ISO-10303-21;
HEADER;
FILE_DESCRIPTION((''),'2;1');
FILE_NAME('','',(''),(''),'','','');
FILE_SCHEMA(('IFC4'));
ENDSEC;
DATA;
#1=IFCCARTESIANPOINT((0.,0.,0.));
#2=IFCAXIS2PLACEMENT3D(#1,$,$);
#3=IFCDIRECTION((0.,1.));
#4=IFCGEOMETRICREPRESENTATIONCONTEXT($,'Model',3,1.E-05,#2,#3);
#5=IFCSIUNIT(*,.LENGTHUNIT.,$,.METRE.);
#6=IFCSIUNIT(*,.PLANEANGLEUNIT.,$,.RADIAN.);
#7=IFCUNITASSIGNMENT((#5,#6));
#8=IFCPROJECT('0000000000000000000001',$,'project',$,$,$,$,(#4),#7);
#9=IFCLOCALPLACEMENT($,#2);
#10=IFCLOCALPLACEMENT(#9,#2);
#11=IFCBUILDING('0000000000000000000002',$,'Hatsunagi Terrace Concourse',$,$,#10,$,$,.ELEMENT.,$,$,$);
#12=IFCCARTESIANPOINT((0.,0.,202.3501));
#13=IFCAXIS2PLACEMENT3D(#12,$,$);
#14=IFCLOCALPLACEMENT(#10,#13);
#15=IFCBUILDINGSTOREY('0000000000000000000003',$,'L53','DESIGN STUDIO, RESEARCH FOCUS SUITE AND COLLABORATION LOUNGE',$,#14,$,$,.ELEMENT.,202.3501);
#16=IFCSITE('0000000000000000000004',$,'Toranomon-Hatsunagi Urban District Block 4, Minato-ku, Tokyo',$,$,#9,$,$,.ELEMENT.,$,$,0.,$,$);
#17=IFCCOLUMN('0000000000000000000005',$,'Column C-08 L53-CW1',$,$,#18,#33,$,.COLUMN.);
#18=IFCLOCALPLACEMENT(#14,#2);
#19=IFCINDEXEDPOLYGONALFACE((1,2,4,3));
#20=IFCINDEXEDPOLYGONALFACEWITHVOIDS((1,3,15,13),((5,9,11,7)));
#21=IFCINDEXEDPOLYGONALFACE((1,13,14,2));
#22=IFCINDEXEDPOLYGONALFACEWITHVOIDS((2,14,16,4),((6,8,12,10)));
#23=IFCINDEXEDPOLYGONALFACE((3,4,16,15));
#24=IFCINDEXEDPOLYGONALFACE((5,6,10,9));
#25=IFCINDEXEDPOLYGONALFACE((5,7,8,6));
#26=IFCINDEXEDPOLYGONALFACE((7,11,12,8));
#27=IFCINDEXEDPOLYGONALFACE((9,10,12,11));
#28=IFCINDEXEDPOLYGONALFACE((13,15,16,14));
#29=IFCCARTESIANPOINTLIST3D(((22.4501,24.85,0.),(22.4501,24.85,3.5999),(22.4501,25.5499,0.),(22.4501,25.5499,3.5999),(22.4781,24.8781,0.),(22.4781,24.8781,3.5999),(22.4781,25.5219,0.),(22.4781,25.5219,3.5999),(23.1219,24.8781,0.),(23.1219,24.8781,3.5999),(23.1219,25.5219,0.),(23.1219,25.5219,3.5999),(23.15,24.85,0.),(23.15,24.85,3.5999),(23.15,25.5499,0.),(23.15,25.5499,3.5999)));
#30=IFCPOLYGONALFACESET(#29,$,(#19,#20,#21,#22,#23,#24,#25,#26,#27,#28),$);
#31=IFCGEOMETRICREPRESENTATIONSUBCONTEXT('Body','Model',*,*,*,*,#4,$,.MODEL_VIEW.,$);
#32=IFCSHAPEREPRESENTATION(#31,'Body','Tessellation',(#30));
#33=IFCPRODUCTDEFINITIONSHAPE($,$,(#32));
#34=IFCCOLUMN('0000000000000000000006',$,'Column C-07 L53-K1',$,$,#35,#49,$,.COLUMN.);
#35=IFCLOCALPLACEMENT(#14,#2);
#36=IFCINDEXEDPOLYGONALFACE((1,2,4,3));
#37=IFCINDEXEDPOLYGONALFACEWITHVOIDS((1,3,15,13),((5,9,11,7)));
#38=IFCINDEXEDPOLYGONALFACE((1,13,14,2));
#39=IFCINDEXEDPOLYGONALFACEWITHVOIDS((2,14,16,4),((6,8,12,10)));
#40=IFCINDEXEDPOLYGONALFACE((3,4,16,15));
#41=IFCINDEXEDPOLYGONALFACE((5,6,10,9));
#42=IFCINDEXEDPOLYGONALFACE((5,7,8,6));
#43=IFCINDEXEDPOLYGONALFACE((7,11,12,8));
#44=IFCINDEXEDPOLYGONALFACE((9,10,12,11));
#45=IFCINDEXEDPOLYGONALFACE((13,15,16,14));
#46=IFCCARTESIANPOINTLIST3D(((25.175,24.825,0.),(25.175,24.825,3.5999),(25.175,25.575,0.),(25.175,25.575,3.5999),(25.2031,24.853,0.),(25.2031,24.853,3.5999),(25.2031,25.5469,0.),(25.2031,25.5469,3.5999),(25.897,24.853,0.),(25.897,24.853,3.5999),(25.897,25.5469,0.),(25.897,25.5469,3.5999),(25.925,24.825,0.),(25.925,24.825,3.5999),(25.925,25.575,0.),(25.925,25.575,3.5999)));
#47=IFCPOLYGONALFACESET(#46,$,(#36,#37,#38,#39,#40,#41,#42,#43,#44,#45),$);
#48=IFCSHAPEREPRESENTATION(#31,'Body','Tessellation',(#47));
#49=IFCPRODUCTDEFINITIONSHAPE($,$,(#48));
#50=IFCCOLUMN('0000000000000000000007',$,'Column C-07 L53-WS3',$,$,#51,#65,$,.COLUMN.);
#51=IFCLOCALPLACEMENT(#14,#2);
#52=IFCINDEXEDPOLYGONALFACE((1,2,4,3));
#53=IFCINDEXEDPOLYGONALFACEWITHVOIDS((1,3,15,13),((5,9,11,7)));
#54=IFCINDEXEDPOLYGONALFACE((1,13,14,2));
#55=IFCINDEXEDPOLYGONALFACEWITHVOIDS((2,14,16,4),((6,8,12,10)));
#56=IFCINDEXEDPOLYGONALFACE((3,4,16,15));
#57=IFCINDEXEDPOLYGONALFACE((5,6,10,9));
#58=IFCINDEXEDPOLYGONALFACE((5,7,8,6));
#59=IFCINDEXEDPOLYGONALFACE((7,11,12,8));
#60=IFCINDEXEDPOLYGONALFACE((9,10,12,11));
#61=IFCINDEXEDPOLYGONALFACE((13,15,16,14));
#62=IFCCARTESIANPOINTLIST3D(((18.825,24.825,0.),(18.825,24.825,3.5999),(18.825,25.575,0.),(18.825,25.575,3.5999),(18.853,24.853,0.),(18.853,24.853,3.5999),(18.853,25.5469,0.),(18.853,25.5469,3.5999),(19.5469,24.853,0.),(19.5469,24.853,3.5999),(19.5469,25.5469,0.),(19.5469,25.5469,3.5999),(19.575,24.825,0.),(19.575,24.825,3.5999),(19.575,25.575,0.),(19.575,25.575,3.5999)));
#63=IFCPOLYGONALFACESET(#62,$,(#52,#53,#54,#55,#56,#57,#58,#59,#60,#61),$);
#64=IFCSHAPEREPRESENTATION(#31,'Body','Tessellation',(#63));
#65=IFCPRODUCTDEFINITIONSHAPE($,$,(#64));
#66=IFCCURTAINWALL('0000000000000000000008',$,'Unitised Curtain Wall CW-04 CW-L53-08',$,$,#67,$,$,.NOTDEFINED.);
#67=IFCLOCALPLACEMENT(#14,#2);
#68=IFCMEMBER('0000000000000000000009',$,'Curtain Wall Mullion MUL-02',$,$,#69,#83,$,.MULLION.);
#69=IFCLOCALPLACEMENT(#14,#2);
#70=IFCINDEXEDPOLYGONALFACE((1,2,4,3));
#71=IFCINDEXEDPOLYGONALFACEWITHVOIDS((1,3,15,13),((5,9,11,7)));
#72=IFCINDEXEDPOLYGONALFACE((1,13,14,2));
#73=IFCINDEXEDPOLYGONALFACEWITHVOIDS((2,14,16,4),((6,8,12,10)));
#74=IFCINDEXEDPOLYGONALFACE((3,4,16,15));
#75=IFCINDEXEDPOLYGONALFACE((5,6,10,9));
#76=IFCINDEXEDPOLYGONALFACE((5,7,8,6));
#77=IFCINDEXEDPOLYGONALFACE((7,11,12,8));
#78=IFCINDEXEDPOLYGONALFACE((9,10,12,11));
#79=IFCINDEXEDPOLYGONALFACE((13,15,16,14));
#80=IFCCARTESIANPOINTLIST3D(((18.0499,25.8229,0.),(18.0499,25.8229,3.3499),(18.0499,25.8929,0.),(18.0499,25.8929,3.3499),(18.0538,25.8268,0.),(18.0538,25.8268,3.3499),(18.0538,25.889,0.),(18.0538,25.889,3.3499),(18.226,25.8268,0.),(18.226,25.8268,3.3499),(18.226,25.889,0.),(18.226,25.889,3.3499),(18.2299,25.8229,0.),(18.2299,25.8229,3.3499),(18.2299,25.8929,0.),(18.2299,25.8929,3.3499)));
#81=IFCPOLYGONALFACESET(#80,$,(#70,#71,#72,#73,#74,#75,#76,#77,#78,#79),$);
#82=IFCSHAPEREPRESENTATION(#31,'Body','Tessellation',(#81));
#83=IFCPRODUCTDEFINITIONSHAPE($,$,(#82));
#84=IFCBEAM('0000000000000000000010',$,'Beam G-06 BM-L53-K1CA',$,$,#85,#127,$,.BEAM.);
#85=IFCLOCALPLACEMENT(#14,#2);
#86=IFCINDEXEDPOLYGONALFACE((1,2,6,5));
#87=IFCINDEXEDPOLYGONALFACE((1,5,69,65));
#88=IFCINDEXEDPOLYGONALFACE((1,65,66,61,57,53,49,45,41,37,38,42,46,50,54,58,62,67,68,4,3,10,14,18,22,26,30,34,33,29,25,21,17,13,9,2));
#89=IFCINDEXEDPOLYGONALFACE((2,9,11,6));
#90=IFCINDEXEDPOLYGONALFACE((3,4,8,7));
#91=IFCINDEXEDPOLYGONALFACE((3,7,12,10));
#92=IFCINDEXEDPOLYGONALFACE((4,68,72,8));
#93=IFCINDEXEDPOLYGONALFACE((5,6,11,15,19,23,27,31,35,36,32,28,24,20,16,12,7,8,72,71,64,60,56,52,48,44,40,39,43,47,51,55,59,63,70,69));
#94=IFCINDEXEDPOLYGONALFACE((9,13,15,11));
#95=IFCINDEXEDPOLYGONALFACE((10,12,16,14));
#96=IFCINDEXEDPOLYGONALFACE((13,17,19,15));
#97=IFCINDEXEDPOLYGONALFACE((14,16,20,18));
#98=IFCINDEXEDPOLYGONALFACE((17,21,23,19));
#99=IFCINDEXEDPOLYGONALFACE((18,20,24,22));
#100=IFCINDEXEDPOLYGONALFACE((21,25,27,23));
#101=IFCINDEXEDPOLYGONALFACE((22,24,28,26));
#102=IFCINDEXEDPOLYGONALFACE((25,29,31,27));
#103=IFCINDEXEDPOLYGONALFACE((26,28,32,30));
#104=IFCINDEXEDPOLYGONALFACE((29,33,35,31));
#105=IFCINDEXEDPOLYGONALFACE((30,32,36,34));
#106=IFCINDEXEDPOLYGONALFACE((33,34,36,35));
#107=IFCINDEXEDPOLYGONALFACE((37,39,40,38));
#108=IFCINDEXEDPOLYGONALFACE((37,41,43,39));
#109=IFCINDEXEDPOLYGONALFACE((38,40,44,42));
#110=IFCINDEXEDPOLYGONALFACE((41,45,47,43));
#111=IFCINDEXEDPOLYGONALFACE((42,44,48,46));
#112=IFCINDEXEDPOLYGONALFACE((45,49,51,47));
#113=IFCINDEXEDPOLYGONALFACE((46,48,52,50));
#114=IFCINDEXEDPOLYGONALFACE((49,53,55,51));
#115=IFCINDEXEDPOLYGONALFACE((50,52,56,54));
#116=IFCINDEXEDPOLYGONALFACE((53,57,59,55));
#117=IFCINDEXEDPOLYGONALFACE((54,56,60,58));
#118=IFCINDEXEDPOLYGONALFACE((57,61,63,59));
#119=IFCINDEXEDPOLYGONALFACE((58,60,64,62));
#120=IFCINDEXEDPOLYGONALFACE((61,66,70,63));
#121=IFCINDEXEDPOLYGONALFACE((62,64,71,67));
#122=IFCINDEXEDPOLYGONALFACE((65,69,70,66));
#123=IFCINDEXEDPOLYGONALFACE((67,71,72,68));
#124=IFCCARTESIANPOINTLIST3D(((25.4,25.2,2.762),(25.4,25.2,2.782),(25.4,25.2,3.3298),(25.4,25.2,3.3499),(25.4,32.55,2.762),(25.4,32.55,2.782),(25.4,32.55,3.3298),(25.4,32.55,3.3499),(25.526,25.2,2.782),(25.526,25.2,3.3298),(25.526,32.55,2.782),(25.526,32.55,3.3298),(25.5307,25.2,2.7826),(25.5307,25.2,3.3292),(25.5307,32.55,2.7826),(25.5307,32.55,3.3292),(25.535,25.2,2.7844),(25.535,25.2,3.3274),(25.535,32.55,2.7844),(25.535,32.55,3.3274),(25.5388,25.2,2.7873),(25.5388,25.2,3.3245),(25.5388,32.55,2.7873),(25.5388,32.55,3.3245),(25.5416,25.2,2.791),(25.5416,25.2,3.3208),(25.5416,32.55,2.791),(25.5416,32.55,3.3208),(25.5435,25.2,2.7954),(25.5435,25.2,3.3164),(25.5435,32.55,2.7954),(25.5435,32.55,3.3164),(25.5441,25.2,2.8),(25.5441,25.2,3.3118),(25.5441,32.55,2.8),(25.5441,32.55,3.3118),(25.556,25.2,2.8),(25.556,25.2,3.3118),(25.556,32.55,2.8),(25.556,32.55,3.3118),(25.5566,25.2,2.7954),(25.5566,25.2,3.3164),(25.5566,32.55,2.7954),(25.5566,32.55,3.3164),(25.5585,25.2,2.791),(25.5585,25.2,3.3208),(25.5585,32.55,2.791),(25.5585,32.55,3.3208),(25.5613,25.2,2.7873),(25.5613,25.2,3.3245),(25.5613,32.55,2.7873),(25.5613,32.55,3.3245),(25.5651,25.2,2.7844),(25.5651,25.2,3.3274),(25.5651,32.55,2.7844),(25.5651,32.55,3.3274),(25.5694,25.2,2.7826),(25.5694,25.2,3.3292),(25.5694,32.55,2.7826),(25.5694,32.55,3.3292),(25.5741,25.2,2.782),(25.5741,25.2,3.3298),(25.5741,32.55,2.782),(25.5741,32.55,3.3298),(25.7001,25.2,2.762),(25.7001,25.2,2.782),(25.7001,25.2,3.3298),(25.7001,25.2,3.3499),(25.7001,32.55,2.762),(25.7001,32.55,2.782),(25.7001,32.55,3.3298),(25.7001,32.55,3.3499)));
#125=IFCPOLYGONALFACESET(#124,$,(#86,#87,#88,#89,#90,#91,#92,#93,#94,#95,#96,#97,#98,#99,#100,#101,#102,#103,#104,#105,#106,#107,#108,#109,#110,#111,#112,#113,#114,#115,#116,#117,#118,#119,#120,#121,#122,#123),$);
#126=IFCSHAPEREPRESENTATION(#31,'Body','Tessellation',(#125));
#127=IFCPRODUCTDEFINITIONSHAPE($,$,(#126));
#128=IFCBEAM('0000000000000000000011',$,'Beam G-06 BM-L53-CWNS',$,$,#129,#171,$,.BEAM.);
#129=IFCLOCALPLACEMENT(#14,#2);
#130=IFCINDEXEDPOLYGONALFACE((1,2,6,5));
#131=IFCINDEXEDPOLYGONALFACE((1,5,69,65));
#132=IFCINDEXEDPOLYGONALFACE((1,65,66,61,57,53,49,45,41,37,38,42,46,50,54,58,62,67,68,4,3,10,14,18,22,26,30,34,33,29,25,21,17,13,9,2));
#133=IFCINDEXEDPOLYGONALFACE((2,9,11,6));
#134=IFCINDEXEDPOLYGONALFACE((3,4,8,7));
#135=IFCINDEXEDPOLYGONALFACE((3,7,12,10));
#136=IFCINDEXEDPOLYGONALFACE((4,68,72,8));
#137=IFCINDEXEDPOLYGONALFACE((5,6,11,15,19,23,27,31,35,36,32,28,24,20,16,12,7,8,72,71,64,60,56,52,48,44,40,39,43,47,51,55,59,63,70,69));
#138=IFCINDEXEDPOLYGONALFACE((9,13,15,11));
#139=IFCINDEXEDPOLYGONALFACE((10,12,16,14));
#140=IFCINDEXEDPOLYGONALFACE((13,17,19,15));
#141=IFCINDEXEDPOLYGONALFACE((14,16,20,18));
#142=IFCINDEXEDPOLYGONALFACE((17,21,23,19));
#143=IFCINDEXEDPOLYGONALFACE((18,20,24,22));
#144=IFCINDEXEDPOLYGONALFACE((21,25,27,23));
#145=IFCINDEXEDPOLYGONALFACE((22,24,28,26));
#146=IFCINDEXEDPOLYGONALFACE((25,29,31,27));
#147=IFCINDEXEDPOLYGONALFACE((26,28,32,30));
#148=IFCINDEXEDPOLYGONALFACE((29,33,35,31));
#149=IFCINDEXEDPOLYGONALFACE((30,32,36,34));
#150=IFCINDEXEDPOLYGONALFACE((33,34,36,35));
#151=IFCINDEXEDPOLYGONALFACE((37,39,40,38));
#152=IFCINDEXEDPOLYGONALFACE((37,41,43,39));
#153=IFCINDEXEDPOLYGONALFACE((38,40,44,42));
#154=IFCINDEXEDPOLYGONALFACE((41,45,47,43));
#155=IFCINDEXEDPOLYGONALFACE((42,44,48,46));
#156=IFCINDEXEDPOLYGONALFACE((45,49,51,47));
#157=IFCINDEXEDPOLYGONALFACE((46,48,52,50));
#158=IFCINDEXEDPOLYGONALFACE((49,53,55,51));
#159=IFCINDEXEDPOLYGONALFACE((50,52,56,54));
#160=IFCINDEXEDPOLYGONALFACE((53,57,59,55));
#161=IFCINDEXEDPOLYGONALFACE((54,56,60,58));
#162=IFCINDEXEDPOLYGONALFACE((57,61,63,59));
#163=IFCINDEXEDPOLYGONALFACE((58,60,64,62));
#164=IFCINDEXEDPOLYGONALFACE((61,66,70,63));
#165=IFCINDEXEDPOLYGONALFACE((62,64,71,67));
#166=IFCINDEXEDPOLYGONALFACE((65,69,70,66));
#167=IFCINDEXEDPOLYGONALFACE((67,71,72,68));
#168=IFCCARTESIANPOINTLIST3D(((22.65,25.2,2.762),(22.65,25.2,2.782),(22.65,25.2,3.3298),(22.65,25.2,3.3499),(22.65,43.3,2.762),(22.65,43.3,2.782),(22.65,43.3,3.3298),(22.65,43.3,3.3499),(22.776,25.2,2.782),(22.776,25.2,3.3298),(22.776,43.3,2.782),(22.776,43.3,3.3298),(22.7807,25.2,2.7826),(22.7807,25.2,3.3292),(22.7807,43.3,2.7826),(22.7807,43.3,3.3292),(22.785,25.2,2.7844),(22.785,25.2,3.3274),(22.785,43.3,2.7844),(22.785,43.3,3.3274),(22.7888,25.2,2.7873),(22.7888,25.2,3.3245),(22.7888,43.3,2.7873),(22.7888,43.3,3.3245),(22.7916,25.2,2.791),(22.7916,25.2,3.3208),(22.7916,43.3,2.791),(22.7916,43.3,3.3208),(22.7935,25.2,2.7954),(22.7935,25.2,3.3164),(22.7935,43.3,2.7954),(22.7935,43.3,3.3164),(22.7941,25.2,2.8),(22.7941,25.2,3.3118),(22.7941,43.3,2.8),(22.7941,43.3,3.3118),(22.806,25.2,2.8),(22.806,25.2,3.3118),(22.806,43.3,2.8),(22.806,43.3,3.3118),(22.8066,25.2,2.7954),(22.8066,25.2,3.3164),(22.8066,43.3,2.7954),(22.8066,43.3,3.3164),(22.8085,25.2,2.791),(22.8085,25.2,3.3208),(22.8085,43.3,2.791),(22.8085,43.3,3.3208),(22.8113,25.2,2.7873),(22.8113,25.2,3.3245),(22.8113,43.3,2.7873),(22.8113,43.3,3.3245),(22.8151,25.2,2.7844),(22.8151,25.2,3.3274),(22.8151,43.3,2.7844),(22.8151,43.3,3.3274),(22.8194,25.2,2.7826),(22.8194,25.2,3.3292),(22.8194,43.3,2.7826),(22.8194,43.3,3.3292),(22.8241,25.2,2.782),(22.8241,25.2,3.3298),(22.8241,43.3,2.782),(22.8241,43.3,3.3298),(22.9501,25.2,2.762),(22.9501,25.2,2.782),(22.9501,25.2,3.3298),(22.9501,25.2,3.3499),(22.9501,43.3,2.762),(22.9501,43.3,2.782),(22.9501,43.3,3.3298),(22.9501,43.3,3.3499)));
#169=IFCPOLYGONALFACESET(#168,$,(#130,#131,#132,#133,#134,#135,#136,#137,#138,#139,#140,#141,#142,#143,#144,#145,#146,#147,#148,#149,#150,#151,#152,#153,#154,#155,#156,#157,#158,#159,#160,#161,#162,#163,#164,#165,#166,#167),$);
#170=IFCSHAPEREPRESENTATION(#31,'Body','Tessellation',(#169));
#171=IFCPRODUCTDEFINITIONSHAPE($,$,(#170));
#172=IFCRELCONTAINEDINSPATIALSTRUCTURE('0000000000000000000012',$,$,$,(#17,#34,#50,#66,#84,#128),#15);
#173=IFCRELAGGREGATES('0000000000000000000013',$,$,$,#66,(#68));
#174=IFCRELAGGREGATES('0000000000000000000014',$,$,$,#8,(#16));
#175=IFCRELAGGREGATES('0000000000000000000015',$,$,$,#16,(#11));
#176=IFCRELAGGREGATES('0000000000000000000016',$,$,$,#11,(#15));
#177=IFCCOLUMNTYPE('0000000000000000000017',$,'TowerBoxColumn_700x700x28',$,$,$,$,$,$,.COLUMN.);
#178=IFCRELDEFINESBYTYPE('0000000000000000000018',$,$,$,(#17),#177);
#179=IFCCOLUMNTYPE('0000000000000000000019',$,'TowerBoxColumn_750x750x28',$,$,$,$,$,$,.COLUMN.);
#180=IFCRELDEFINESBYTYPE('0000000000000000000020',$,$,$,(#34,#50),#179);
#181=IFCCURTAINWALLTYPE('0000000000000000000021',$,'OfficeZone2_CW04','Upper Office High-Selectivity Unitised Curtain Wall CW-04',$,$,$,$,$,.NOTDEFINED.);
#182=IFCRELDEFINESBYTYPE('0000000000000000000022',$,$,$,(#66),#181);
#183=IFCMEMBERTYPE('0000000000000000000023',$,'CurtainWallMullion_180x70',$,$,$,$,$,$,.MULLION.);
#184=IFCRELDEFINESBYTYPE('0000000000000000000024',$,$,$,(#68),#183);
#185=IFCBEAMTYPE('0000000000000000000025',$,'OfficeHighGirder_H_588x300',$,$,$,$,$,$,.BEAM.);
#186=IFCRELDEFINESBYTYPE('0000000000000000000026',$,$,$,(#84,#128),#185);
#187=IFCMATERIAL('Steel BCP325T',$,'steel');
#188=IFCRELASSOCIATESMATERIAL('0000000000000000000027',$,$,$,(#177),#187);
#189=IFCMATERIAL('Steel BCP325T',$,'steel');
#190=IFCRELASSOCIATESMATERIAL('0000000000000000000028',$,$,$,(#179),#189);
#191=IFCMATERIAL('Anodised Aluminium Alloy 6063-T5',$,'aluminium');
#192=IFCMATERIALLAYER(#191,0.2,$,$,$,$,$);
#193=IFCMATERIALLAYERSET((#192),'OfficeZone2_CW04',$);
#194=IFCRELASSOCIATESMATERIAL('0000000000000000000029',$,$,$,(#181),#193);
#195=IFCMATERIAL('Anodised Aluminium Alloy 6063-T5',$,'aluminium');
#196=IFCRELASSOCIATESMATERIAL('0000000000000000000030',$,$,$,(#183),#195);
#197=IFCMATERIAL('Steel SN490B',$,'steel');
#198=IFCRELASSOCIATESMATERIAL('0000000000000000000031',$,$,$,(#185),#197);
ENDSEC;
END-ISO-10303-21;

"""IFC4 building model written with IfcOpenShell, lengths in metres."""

from ifc_helpers import new_model, si_unit, direction, frame, origin, origin_2d, place, context, subcontext, project, spatial, hollow_rectangle, i_section, extrude, material, layer, layer_set, material_profile, profile_set, type_object, element, aggregate, save


model = new_model("IFC4")

# Units and contexts
model_context = context("Model", 3, precision=1e-05, world=origin(), true_north=direction((0.0, 1.0)))
body_context = subcontext(model_context, "Body", "Model", "MODEL_VIEW")
ifc_project = project(units=[si_unit("LENGTHUNIT", "METRE"), si_unit("PLANEANGLEUNIT", "RADIAN")], contexts=[model_context])

# Site, building, storey
site_placement = place(None, origin())
site = spatial("IfcSite", under=ifc_project, at=site_placement, Name="Toranomon-Hatsunagi Urban District Block 4, Minato-ku, Tokyo", CompositionType="ELEMENT", RefElevation=0.0)
building_placement = place(site_placement, origin())
building = spatial("IfcBuilding", under=site, at=building_placement, Name="Hatsunagi Terrace Concourse", CompositionType="ELEMENT")
storey_placement = place(building_placement, frame((0.0, 0.0, 202.3501)))
storey = spatial("IfcBuildingStorey", under=building, at=storey_placement, Name="L53", Description="DESIGN STUDIO, RESEARCH FOCUS SUITE AND COLLABORATION LOUNGE", CompositionType="ELEMENT", Elevation=202.3501)

# Columns
ifc_material_1 = material(Name="Steel BCP325T", Category="steel")
ifc_material_profile_1 = material_profile(ifc_material_1, hollow_rectangle(XDim=0.7, YDim=0.7, WallThickness=0.0281, at=origin_2d()), Name="BCP-700x700x28")
ifc_profile_set_1 = profile_set([ifc_material_profile_1], Name="Steel BCP325T")
column_type_1 = type_object("IfcColumnType", Name="TowerBoxColumn_700x700x28", PredefinedType="COLUMN", material=ifc_profile_set_1)
column_placement = place(storey_placement, frame((22.8, 25.2, 0.0), z_axis=(0.0, 0.0, 1.0), x_axis=(1.0, 0.0, 0.0)))
element("IfcColumn", 1, at=column_placement, inside=storey, type_object=column_type_1, Name="Column C-08 L53-CW1", PredefinedType="COLUMN", context=body_context, shape_type="SweptSolid", body=[
    extrude(hollow_rectangle(XDim=0.7, YDim=0.7, WallThickness=0.0281, at=origin_2d()), origin(), (0.0, 0.0, 1.0), 3.5999),
])
ifc_material_2 = material(Name="Steel BCP325T", Category="steel")
ifc_material_profile_2 = material_profile(ifc_material_2, hollow_rectangle(XDim=0.75, YDim=0.75, WallThickness=0.0281, at=origin_2d()), Name="BCP-750x750x28")
ifc_profile_set_2 = profile_set([ifc_material_profile_2], Name="Steel BCP325T")
column_type_2 = type_object("IfcColumnType", Name="TowerBoxColumn_750x750x28", PredefinedType="COLUMN", material=ifc_profile_set_2)
for number, where, z_axis, x_axis, name in (
    (2, (25.55, 25.2, 0.0), (0.0, 0.0, 1.0), (1.0, 0.0, 0.0), "Column C-07 L53-K1"),
    (3, (19.2, 25.2, 0.0), (0.0, 0.0, 1.0), (1.0, 0.0, 0.0), "Column C-07 L53-WS3"),
):
    element("IfcColumn", number, at=place(storey_placement, frame(where, z_axis=z_axis, x_axis=x_axis)), inside=storey, type_object=column_type_2, Name=name, PredefinedType="COLUMN", context=body_context, shape_type="SweptSolid", body=[
        extrude(hollow_rectangle(XDim=0.75, YDim=0.75, WallThickness=0.0281, at=origin_2d()), origin(), (0.0, 0.0, 1.0), 3.5999),
    ])

# Curtain wall, member
ifc_material_3 = material(Name="Anodised Aluminium Alloy 6063-T5", Category="aluminium")
ifc_layer_1 = layer(ifc_material_3, 0.2)
ifc_layer_set_1 = layer_set([ifc_layer_1], Name="OfficeZone2_CW04")
curtain_wall_type = type_object("IfcCurtainWallType", Name="OfficeZone2_CW04", Description="Upper Office High-Selectivity Unitised Curtain Wall CW-04", PredefinedType="NOTDEFINED", material=ifc_layer_set_1)
curtain_wall_placement = place(storey_placement, origin())
curtain_wall = element("IfcCurtainWall", 4, at=curtain_wall_placement, inside=storey, type_object=curtain_wall_type, Name="Unitised Curtain Wall CW-04 CW-L53-08", PredefinedType="NOTDEFINED")
ifc_material_4 = material(Name="Anodised Aluminium Alloy 6063-T5", Category="aluminium")
ifc_material_profile_3 = material_profile(ifc_material_4, hollow_rectangle(XDim=0.0701, YDim=0.1799, WallThickness=0.0039, at=origin_2d()), Name="ALU-MUL-180x70x4")
ifc_profile_set_3 = profile_set([ifc_material_profile_3], Name="Anodised Aluminium Alloy 6063-T5")
member_type_1 = type_object("IfcMemberType", Name="CurtainWallMullion_180x70", PredefinedType="MULLION", material=ifc_profile_set_3)
member_1_placement = place(storey_placement, frame((18.1399, 25.8579, 0.0), z_axis=(0.0, 0.0, 1.0), x_axis=(0.0, 1.0, 0.0)))
member_1 = element("IfcMember", 5, at=member_1_placement, type_object=member_type_1, Name="Curtain Wall Mullion MUL-02", PredefinedType="MULLION", context=body_context, shape_type="SweptSolid", body=[
    extrude(hollow_rectangle(XDim=0.0701, YDim=0.1799, WallThickness=0.0039, at=origin_2d()), origin(), (0.0, 0.0, 1.0), 3.3499),
])
aggregate(curtain_wall, [member_1])

# Beams
ifc_material_5 = material(Name="Steel SN490B", Category="steel")
ifc_material_profile_4 = material_profile(ifc_material_5, i_section(OverallWidth=0.3, OverallDepth=0.5879, WebThickness=0.012, FlangeThickness=0.02, FilletRadius=0.0181, at=origin_2d()), Name="H-588x300x12x20")
ifc_profile_set_4 = profile_set([ifc_material_profile_4], Name="Steel SN490B")
beam_type_1 = type_object("IfcBeamType", Name="OfficeHighGirder_H_588x300", PredefinedType="BEAM", material=ifc_profile_set_4)
beam_1_placement = place(storey_placement, frame((25.55, 25.2, 3.0559), z_axis=(0.0, 1.0, 0.0), x_axis=(-1.0, 0.0, 0.0)))
element("IfcBeam", 6, at=beam_1_placement, inside=storey, type_object=beam_type_1, Name="Beam G-06 BM-L53-K1CA", PredefinedType="BEAM", context=body_context, shape_type="SweptSolid", body=[
    extrude(i_section(OverallWidth=0.3, OverallDepth=0.5879, WebThickness=0.012, FlangeThickness=0.02, FilletRadius=0.0181, at=origin_2d()), origin(), (0.0, 0.0, 1.0), 7.3501),
])
beam_2_placement = place(storey_placement, frame((22.8, 25.2, 3.0559), z_axis=(0.0, 1.0, 0.0), x_axis=(-1.0, 0.0, 0.0)))
element("IfcBeam", 7, at=beam_2_placement, inside=storey, type_object=beam_type_1, Name="Beam G-06 BM-L53-CWNS", PredefinedType="BEAM", context=body_context, shape_type="SweptSolid", body=[
    extrude(i_section(OverallWidth=0.3, OverallDepth=0.5879, WebThickness=0.012, FlangeThickness=0.02, FilletRadius=0.0181, at=origin_2d()), origin(), (0.0, 0.0, 1.0), 18.1001),
])

save(model, "model.ifc")
